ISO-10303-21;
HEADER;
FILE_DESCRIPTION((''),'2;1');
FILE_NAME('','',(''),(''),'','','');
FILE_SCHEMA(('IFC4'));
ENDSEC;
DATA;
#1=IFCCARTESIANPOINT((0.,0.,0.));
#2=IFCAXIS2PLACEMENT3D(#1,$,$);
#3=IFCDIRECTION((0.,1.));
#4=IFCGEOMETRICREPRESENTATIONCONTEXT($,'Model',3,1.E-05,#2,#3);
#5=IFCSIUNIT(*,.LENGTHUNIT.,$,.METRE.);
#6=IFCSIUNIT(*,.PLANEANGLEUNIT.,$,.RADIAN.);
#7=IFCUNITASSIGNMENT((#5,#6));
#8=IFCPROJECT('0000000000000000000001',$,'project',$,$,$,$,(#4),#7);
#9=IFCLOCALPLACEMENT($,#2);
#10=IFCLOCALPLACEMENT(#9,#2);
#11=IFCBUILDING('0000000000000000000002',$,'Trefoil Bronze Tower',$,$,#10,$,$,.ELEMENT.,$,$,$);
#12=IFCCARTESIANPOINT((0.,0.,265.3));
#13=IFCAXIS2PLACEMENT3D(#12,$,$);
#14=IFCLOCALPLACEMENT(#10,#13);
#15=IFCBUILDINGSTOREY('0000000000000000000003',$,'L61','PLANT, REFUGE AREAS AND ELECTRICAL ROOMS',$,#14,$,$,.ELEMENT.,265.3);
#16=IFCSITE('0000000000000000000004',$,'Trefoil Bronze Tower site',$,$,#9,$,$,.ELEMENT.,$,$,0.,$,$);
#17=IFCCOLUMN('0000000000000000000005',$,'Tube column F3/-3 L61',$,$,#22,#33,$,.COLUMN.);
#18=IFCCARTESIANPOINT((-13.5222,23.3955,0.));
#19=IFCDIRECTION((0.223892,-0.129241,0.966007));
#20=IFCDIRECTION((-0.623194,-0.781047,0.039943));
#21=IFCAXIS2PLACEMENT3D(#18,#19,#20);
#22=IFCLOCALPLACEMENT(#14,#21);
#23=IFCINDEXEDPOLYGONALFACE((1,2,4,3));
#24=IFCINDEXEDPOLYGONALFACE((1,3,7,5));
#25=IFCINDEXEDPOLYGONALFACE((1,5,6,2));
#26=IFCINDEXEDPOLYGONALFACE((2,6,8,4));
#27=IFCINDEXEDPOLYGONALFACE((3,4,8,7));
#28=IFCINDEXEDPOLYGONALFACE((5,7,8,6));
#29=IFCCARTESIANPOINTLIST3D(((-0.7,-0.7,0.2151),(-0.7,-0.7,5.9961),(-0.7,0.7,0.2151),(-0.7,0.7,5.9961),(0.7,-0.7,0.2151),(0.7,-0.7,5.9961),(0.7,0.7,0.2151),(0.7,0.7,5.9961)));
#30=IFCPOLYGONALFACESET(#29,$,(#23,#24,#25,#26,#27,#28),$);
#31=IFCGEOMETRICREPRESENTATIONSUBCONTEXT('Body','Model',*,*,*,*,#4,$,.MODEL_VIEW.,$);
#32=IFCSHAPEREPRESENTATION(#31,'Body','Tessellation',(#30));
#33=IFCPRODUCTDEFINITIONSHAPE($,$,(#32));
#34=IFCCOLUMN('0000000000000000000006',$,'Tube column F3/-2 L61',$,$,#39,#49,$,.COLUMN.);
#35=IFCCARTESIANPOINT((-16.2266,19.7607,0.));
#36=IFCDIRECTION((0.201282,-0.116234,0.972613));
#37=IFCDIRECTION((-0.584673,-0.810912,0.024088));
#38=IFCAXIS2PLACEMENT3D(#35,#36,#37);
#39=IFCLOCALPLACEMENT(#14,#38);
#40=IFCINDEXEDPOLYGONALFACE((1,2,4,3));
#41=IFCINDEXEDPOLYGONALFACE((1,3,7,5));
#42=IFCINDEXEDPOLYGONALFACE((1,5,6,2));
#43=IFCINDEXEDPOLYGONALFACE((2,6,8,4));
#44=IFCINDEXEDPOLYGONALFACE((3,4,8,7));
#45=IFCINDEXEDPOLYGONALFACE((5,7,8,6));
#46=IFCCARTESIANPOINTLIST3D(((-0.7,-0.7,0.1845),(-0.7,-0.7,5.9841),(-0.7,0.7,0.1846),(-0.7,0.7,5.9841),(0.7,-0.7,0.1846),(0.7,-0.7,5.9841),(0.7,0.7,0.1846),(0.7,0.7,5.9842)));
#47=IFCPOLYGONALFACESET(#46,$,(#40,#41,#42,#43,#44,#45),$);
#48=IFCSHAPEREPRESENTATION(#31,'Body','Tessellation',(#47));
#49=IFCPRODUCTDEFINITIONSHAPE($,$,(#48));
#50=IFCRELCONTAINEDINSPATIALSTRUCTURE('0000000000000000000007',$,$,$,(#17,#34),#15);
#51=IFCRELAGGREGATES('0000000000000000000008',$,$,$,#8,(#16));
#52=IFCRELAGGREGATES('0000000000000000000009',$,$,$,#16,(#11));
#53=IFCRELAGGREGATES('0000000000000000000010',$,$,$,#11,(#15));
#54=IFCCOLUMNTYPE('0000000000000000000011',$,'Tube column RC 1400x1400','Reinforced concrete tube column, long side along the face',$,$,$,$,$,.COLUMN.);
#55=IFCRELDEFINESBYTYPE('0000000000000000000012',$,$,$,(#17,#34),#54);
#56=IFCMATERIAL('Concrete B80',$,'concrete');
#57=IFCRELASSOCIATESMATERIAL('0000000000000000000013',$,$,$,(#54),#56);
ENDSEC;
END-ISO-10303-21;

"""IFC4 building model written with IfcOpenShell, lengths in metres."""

from ifc_helpers import new_model, si_unit, direction, frame, origin, origin_2d, place, context, subcontext, project, spatial, rectangle, extrude, clip, halfspace, material, material_profile, profile_set, type_object, element, save


model = new_model("IFC4")

# Units and contexts
model_context = context("Model", 3, precision=1e-05, world=origin(), true_north=direction((0.0, 1.0)))
body_context = subcontext(model_context, "Body", "Model", "MODEL_VIEW")
ifc_project = project(units=[si_unit("LENGTHUNIT", "METRE"), si_unit("PLANEANGLEUNIT", "RADIAN")], contexts=[model_context])

# Site, building, storey
site_placement = place(None, origin())
site = spatial("IfcSite", under=ifc_project, at=site_placement, Name="Trefoil Bronze Tower site", CompositionType="ELEMENT", RefElevation=0.0)
building_placement = place(site_placement, origin())
building = spatial("IfcBuilding", under=site, at=building_placement, Name="Trefoil Bronze Tower", CompositionType="ELEMENT")
storey_placement = place(building_placement, frame((0.0, 0.0, 265.3)))
storey = spatial("IfcBuildingStorey", under=building, at=storey_placement, Name="L61", Description="PLANT, REFUGE AREAS AND ELECTRICAL ROOMS", CompositionType="ELEMENT", Elevation=265.3)

# Columns
ifc_material_1 = material(Name="Concrete B80", Category="concrete")
ifc_material_profile_1 = material_profile(ifc_material_1, rectangle(XDim=1.3999, YDim=1.3999, at=origin_2d()), Name="RC 1400x1400")
ifc_profile_set_1 = profile_set([ifc_material_profile_1], Name="Concrete B80")
column_type = type_object("IfcColumnType", Name="Tube column RC 1400x1400", Description="Reinforced concrete tube column, long side along the face", PredefinedType="COLUMN", material=ifc_profile_set_1)
column_1_placement = place(storey_placement, frame((-13.5222, 23.3955, 0.0), z_axis=(0.223892, -0.129241, 0.966007), x_axis=(-0.623194, -0.781047, 0.039943)))
element("IfcColumn", 1, at=column_1_placement, inside=storey, type_object=column_type, Name="Tube column F3/-3 L61", PredefinedType="COLUMN", context=body_context, shape_type="Clipping", body=[
    clip(clip(extrude(rectangle(XDim=1.3999, YDim=1.3999, at=origin_2d()), origin(), (0.0, 0.0, 1.0), 6.2112), halfspace(frame((0.0, 0.0, 0.2151), z_axis=(0.000021, -0.000003, 1.0), x_axis=(0.0, 1.0, 0.000003)), True)), halfspace(frame((0.0, 0.0, 5.9961), z_axis=(-0.000021, 0.000003, -1.0), x_axis=(0.0, -1.0, -0.000003)), True)),
])
column_2_placement = place(storey_placement, frame((-16.2266, 19.7607, 0.0), z_axis=(0.201282, -0.116234, 0.972613), x_axis=(-0.584673, -0.810912, 0.024088)))
element("IfcColumn", 2, at=column_2_placement, inside=storey, type_object=column_type, Name="Tube column F3/-2 L61", PredefinedType="COLUMN", context=body_context, shape_type="Clipping", body=[
    clip(clip(extrude(rectangle(XDim=1.3999, YDim=1.3999, at=origin_2d()), origin(), (0.0, 0.0, 1.0), 6.1689), halfspace(frame((0.0, 0.0, 0.1846), z_axis=(-0.000019, -0.000011, 1.0), x_axis=(0.0, 1.0, 0.000011)), True)), halfspace(frame((0.0, 0.0, 5.9841), z_axis=(0.000019, 0.000011, -1.0), x_axis=(0.0, -1.0, -0.000011)), True)),
])

save(model, "model.ifc")
